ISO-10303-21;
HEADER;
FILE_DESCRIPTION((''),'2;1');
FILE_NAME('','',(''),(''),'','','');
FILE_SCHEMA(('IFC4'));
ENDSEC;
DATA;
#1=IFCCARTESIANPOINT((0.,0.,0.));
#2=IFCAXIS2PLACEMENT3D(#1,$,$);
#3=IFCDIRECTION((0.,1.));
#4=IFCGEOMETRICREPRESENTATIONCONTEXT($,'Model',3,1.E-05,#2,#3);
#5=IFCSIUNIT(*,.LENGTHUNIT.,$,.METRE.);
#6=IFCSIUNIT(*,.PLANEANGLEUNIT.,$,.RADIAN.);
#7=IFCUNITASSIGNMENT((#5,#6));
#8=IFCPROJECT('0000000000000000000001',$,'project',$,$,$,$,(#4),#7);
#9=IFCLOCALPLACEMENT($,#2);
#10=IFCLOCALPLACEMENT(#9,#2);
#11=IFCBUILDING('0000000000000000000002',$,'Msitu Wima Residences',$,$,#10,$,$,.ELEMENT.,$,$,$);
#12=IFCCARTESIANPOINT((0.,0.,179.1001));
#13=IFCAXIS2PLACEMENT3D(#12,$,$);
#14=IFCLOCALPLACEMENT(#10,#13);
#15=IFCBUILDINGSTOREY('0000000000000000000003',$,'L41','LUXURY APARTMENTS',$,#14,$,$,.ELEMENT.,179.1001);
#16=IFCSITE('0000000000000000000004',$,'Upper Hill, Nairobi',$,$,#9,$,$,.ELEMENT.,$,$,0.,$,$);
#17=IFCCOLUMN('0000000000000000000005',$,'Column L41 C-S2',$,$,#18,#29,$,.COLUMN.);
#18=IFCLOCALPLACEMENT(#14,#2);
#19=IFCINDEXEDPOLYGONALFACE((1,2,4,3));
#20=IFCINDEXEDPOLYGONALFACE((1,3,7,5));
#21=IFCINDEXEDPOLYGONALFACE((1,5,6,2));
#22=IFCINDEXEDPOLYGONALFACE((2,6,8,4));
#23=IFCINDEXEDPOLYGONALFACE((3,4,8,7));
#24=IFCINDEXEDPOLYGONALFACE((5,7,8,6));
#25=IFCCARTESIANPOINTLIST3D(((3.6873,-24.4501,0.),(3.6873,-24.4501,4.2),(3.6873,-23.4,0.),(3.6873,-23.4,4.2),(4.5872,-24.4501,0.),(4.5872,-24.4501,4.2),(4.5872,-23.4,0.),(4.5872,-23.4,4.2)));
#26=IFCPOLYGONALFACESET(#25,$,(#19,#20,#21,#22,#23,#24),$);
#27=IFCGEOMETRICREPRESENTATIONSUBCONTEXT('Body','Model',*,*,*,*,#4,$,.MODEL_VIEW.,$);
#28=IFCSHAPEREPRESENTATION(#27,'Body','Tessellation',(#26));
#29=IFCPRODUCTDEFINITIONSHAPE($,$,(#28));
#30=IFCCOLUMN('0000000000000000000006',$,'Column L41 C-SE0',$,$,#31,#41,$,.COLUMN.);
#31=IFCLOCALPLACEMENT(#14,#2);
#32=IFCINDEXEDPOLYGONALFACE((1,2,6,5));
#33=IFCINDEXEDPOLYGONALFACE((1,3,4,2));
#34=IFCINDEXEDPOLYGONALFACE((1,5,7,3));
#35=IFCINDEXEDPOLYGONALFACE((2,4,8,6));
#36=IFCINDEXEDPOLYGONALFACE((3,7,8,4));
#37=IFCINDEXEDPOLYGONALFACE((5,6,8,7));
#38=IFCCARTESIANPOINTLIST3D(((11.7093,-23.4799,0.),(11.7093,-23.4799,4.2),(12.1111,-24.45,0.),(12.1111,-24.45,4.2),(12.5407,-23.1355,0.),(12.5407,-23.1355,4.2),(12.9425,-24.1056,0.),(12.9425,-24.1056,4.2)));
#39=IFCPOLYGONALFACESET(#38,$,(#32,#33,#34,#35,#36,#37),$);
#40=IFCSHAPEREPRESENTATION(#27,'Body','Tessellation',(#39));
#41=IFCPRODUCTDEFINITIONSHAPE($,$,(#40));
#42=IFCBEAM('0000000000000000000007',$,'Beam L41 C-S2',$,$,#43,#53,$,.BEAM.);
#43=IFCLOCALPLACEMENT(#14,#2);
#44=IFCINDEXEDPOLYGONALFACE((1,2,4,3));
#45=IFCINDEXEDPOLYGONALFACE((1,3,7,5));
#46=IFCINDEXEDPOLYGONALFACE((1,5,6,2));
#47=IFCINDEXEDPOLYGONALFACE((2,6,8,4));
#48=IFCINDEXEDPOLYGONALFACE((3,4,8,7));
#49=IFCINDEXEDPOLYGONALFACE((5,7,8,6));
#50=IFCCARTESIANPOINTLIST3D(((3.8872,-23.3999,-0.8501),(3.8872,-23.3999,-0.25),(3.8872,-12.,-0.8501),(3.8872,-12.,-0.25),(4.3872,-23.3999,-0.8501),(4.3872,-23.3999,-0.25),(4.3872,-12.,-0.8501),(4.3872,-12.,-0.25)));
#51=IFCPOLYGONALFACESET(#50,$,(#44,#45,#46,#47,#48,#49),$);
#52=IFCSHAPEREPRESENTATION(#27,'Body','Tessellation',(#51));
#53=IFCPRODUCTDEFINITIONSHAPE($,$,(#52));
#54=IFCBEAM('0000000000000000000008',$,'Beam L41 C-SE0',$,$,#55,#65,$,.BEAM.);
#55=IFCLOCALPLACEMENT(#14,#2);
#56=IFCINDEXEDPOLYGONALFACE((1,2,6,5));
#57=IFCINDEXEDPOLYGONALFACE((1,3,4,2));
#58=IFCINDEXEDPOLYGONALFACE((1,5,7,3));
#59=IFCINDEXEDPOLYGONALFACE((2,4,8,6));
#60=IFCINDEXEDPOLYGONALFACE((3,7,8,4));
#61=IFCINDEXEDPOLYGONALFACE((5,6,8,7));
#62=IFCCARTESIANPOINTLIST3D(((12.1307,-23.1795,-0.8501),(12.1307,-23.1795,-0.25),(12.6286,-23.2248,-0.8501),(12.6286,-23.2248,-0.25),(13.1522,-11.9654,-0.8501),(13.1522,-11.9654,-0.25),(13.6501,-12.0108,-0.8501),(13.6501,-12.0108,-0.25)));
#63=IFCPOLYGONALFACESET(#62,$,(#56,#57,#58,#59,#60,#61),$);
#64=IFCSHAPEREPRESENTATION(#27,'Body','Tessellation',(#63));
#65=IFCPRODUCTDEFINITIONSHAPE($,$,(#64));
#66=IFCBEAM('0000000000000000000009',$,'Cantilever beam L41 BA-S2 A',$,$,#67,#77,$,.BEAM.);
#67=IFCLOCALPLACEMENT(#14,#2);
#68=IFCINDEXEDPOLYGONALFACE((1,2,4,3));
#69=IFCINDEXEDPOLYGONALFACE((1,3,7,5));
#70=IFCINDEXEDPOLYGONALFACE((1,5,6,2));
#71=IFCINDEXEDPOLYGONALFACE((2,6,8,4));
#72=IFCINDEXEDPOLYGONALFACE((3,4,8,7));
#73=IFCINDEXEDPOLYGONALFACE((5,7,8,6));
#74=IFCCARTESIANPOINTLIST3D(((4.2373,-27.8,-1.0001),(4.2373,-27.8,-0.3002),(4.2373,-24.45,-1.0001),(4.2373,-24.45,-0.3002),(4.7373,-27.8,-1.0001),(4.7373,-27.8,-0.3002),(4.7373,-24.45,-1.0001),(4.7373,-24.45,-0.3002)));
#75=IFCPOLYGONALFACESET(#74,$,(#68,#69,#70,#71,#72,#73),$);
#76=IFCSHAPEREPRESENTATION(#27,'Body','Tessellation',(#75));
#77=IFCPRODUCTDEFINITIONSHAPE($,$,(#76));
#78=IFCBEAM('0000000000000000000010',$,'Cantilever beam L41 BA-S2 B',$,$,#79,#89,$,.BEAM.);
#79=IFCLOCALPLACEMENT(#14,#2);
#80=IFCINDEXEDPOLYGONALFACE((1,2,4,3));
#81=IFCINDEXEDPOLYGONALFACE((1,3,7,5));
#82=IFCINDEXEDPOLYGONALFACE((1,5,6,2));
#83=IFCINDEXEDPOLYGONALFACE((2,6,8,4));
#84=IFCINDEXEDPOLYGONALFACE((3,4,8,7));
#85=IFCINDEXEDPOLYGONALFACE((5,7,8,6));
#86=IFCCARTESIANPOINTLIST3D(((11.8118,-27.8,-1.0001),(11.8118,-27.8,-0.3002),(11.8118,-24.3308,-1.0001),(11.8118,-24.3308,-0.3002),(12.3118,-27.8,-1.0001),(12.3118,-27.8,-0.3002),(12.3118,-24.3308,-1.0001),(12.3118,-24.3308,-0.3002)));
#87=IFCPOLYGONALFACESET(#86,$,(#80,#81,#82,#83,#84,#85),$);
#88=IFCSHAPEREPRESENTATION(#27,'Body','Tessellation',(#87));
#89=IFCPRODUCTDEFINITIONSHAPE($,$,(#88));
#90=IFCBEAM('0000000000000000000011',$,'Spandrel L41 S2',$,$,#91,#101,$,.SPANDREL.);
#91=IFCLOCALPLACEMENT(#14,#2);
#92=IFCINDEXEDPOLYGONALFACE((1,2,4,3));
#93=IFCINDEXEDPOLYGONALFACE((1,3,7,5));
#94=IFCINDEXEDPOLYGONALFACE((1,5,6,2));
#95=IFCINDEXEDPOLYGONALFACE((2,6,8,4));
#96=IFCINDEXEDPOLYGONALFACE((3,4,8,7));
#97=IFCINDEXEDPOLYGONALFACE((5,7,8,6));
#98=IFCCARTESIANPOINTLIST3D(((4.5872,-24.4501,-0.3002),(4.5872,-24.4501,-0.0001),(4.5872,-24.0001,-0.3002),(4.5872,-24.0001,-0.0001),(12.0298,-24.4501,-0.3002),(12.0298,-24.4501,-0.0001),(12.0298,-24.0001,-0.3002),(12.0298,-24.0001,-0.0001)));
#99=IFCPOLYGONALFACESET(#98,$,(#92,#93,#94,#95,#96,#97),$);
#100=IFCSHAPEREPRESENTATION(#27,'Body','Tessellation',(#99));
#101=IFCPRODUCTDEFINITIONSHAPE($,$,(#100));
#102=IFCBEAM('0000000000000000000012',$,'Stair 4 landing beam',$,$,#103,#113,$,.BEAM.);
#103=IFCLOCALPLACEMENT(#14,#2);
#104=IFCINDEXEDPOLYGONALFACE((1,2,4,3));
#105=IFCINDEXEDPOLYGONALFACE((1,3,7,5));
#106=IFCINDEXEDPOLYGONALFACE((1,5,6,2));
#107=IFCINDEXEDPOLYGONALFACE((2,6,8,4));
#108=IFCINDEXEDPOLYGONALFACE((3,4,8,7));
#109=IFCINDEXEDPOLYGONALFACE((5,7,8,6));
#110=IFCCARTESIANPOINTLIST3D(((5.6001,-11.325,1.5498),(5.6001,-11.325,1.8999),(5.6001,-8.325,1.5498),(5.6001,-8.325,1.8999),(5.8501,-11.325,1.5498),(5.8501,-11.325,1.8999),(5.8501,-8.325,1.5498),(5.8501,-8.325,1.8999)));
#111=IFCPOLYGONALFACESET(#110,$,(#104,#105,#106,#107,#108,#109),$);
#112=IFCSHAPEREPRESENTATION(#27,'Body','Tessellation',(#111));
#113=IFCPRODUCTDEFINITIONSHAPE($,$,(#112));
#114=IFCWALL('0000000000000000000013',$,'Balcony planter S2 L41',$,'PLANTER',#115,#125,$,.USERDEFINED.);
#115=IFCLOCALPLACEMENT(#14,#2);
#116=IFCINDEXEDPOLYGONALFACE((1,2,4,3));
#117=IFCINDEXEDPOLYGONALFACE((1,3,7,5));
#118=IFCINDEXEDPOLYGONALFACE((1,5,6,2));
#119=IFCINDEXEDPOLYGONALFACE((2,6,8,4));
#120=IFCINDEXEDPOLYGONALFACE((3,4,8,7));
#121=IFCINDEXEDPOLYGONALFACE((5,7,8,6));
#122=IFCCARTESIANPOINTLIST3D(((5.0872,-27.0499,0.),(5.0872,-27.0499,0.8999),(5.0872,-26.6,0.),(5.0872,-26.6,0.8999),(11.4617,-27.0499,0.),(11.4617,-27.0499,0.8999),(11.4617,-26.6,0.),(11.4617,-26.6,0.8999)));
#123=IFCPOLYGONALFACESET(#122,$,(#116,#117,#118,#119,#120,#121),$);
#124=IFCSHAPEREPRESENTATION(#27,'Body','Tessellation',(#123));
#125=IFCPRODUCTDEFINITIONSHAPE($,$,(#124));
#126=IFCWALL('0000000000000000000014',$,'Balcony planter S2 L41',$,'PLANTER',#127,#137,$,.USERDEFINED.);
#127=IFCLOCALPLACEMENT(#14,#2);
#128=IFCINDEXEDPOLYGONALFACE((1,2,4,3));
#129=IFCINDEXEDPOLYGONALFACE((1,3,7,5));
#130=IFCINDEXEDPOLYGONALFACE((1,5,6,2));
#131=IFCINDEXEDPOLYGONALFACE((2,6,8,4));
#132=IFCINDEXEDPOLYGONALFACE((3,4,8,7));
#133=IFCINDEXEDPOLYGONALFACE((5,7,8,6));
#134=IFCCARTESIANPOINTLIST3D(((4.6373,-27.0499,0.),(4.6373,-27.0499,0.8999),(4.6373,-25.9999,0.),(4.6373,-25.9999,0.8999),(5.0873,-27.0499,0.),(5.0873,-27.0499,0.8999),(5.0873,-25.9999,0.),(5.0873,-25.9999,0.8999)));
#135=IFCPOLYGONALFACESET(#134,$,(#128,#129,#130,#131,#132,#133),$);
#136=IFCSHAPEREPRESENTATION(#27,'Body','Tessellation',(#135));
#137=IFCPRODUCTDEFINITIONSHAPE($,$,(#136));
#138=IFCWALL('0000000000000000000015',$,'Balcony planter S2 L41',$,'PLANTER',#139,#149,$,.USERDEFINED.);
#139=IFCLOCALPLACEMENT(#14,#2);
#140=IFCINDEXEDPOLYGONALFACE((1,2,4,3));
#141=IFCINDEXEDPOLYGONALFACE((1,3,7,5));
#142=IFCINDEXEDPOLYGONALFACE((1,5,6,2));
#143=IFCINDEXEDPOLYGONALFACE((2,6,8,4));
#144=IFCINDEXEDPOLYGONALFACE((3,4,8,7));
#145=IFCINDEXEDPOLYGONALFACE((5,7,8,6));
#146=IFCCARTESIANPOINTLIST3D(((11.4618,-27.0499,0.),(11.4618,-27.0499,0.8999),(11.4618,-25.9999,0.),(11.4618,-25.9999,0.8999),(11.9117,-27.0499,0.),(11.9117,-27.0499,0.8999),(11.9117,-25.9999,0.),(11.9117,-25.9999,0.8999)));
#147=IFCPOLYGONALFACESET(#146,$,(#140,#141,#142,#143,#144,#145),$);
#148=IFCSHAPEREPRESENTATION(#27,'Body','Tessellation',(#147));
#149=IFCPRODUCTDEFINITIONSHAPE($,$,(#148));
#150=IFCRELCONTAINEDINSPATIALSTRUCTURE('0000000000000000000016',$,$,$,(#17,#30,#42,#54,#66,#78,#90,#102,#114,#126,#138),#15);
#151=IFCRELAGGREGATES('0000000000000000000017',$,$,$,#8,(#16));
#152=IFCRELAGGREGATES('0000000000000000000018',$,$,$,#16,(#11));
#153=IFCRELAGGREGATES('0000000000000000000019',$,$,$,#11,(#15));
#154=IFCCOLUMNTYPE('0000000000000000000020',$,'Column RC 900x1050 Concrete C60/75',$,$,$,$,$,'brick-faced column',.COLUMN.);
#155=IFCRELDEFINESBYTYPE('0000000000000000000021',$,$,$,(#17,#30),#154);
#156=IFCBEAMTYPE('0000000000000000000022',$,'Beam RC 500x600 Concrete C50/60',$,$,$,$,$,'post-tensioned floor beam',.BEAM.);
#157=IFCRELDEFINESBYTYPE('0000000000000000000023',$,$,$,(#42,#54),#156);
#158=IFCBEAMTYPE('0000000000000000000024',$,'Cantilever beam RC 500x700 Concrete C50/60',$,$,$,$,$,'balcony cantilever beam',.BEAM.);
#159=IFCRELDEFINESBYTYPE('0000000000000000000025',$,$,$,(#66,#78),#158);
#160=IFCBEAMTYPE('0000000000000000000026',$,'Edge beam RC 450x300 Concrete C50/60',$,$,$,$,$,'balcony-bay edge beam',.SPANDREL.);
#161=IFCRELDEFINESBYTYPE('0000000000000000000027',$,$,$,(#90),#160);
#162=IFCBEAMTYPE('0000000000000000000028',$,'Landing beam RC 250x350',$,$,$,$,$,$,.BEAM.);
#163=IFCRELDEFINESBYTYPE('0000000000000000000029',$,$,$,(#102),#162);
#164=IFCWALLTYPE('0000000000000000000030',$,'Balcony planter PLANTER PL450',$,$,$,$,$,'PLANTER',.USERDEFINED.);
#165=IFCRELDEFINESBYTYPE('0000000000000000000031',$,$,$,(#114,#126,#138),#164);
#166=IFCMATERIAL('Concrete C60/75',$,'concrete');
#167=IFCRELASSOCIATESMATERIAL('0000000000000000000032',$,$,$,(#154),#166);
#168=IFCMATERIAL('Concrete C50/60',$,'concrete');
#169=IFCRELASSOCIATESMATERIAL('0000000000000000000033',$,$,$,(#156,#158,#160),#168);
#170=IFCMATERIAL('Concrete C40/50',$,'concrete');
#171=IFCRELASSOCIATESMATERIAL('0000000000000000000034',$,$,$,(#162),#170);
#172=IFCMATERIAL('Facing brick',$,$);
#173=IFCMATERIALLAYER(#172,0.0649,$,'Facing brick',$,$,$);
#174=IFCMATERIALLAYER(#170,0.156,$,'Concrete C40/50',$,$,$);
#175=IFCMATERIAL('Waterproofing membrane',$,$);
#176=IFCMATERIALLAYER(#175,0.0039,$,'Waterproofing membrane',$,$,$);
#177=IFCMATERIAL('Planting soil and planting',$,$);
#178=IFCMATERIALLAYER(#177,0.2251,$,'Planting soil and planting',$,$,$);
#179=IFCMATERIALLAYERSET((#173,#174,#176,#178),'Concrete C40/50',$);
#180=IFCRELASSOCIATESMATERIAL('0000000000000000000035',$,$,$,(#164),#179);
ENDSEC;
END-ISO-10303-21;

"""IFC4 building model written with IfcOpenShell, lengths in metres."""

from ifc_helpers import new_model, si_unit, direction, frame, frame_2d, origin, origin_2d, place, context, subcontext, project, spatial, rectangle, extrude, material, layer, layer_set, material_profile, profile_set, type_object, element, save


model = new_model("IFC4")

# Units and contexts
model_context = context("Model", 3, precision=1e-05, world=origin(), true_north=direction((0.0, 1.0)))
body_context = subcontext(model_context, "Body", "Model", "MODEL_VIEW")
ifc_project = project(units=[si_unit("LENGTHUNIT", "METRE"), si_unit("PLANEANGLEUNIT", "RADIAN")], contexts=[model_context])

# Site, building, storey
site_placement = place(None, origin())
site = spatial("IfcSite", under=ifc_project, at=site_placement, Name="Upper Hill, Nairobi", CompositionType="ELEMENT", RefElevation=0.0)
building_placement = place(site_placement, origin())
building = spatial("IfcBuilding", under=site, at=building_placement, Name="Msitu Wima Residences", CompositionType="ELEMENT")
storey_placement = place(building_placement, frame((0.0, 0.0, 179.1001)))
storey = spatial("IfcBuildingStorey", under=building, at=storey_placement, Name="L41", Description="LUXURY APARTMENTS", CompositionType="ELEMENT", Elevation=179.1001)

# Columns
ifc_material_1 = material(Name="Concrete C60/75", Category="concrete")
ifc_material_profile_1 = material_profile(ifc_material_1, rectangle(XDim=0.8999, YDim=1.05, at=origin_2d()), Name="RC 900x1050")
ifc_profile_set_1 = profile_set([ifc_material_profile_1], Name="Concrete C60/75")
column_type = type_object("IfcColumnType", Name="Column RC 900x1050 Concrete C60/75", ElementType="brick-faced column", PredefinedType="COLUMN", material=ifc_profile_set_1)
for number, where, z_axis, x_axis, name in (
    (1, (4.1372, -23.925, 0.0), (0.0, 0.0, 1.0), (1.0, 0.0, 0.0), "Column L41 C-S2"),
    (2, (12.3259, -23.7927, 0.0), (0.0, 0.0, 1.0), (0.92388, 0.382683, 0.0), "Column L41 C-SE0"),
):
    element("IfcColumn", number, at=place(storey_placement, frame(where, z_axis=z_axis, x_axis=x_axis)), inside=storey, type_object=column_type, Name=name, PredefinedType="COLUMN", context=body_context, shape_type="SweptSolid", body=[
        extrude(rectangle(XDim=0.8999, YDim=1.05, at=origin_2d()), origin(), (0.0, 0.0, 1.0), 4.2),
    ])

# Beams
ifc_material_2 = material(Name="Concrete C50/60", Category="concrete")
ifc_material_profile_2 = material_profile(ifc_material_2, rectangle(XDim=0.5, YDim=0.6001, at=origin_2d()), Name="RC 500x600")
ifc_profile_set_2 = profile_set([ifc_material_profile_2], Name="Concrete C50/60")
beam_type_1 = type_object("IfcBeamType", Name="Beam RC 500x600 Concrete C50/60", ElementType="post-tensioned floor beam", PredefinedType="BEAM", material=ifc_profile_set_2)
beam_1_placement = place(storey_placement, frame((4.1372, -23.3999, -0.55), z_axis=(0.0, 1.0, 0.0), x_axis=(-1.0, 0.0, 0.0)))
element("IfcBeam", 3, at=beam_1_placement, inside=storey, type_object=beam_type_1, Name="Beam L41 C-S2", PredefinedType="BEAM", context=body_context, shape_type="SweptSolid", body=[
    extrude(rectangle(XDim=0.5, YDim=0.6001, at=origin_2d()), origin(), (0.0, 0.0, 1.0), 11.3999),
])
beam_2_placement = place(storey_placement, frame((12.3796, -23.2021, -0.55), z_axis=(0.090714, 0.995877, 0.0), x_axis=(-0.995877, 0.090714, 0.0)))
element("IfcBeam", 4, at=beam_2_placement, inside=storey, type_object=beam_type_1, Name="Beam L41 C-SE0", PredefinedType="BEAM", context=body_context, shape_type="SweptSolid", body=[
    extrude(rectangle(XDim=0.5, YDim=0.6001, at=origin_2d()), origin(), (0.0, 0.0, 1.0), 11.2605),
])
ifc_material_profile_3 = material_profile(ifc_material_2, rectangle(XDim=0.5, YDim=0.7, at=origin_2d()), Name="RC 500x700")
ifc_profile_set_3 = profile_set([ifc_material_profile_3], Name="Concrete C50/60")
beam_type_2 = type_object("IfcBeamType", Name="Cantilever beam RC 500x700 Concrete C50/60", ElementType="balcony cantilever beam", PredefinedType="BEAM", material=ifc_profile_set_3)
beam_3_placement = place(storey_placement, frame((4.4873, -24.45, -0.6501), z_axis=(0.0, -1.0, 0.0), x_axis=(1.0, 0.0, 0.0)))
element("IfcBeam", 5, at=beam_3_placement, inside=storey, type_object=beam_type_2, Name="Cantilever beam L41 BA-S2 A", PredefinedType="BEAM", context=body_context, shape_type="SweptSolid", body=[
    extrude(rectangle(XDim=0.5, YDim=0.7, at=origin_2d()), origin(), (0.0, 0.0, 1.0), 3.3501),
])
beam_4_placement = place(storey_placement, frame((12.0618, -24.3308, -0.6501), z_axis=(0.0, -1.0, 0.0), x_axis=(1.0, 0.0, 0.0)))
element("IfcBeam", 6, at=beam_4_placement, inside=storey, type_object=beam_type_2, Name="Cantilever beam L41 BA-S2 B", PredefinedType="BEAM", context=body_context, shape_type="SweptSolid", body=[
    extrude(rectangle(XDim=0.5, YDim=0.7, at=origin_2d()), origin(), (0.0, 0.0, 1.0), 3.4692),
])
ifc_material_profile_4 = material_profile(ifc_material_2, rectangle(XDim=0.45, YDim=0.3, at=origin_2d()), Name="RC 450x300")
ifc_profile_set_4 = profile_set([ifc_material_profile_4], Name="Concrete C50/60")
beam_type_3 = type_object("IfcBeamType", Name="Edge beam RC 450x300 Concrete C50/60", ElementType="balcony-bay edge beam", PredefinedType="SPANDREL", material=ifc_profile_set_4)
beam_5_placement = place(storey_placement, frame((4.5872, -24.2251, -0.1501), z_axis=(1.0, 0.0, 0.0), x_axis=(0.0, 1.0, 0.0)))
element("IfcBeam", 7, at=beam_5_placement, inside=storey, type_object=beam_type_3, Name="Spandrel L41 S2", PredefinedType="SPANDREL", context=body_context, shape_type="SweptSolid", body=[
    extrude(rectangle(XDim=0.45, YDim=0.3, at=origin_2d()), origin(), (0.0, 0.0, 1.0), 7.4426),
])
ifc_material_3 = material(Name="Concrete C40/50", Category="concrete")
ifc_material_profile_5 = material_profile(ifc_material_3, rectangle(XDim=0.25, YDim=0.3501, at=origin_2d()), Name="RC 250x350")
ifc_profile_set_5 = profile_set([ifc_material_profile_5], Name="Concrete C40/50")
beam_type_4 = type_object("IfcBeamType", Name="Landing beam RC 250x350", PredefinedType="BEAM", material=ifc_profile_set_5)
beam_6_placement = place(storey_placement, frame((5.7251, -11.325, 1.7249), z_axis=(0.0, 1.0, 0.0), x_axis=(-1.0, 0.0, 0.0)))
element("IfcBeam", 8, at=beam_6_placement, inside=storey, type_object=beam_type_4, Name="Stair 4 landing beam", PredefinedType="BEAM", context=body_context, shape_type="SweptSolid", body=[
    extrude(rectangle(XDim=0.25, YDim=0.3501, at=origin_2d()), origin(), (0.0, 0.0, 1.0), 3.0),
])

# Walls
ifc_material_4 = material(Name="Facing brick")
ifc_layer_1 = layer(ifc_material_4, 0.0649, Name="Facing brick")
ifc_layer_2 = layer(ifc_material_3, 0.156, Name="Concrete C40/50")
ifc_material_5 = material(Name="Waterproofing membrane")
ifc_layer_3 = layer(ifc_material_5, 0.0039, Name="Waterproofing membrane")
ifc_material_6 = material(Name="Planting soil and planting")
ifc_layer_4 = layer(ifc_material_6, 0.2251, Name="Planting soil and planting")
ifc_layer_set_1 = layer_set([ifc_layer_1, ifc_layer_2, ifc_layer_3, ifc_layer_4], Name="Concrete C40/50")
wall_type_1 = type_object("IfcWallType", Name="Balcony planter PLANTER PL450", ElementType="PLANTER", PredefinedType="USERDEFINED", material=ifc_layer_set_1)
wall_1_placement = place(storey_placement, frame((5.0872, -26.825, 0.0), z_axis=(0.0, 0.0, 1.0), x_axis=(1.0, 0.0, 0.0)))
element("IfcWall", 9, at=wall_1_placement, inside=storey, type_object=wall_type_1, Name="Balcony planter S2 L41", ObjectType="PLANTER", PredefinedType="USERDEFINED", context=body_context, shape_type="SweptSolid", body=[
    extrude(rectangle(XDim=6.3745, YDim=0.45, at=frame_2d((3.1873, 0.0))), origin(), (0.0, 0.0, 1.0), 0.8999),
])
for number, where, z_axis, x_axis, name in (
    (10, (4.8623, -26.0, 0.0), (0.0, 0.0, 1.0), (0.0, -1.0, 0.0), "Balcony planter S2 L41"),
    (11, (11.6868, -26.0, 0.0), (0.0, 0.0, 1.0), (0.0, -1.0, 0.0), "Balcony planter S2 L41"),
):
    element("IfcWall", number, at=place(storey_placement, frame(where, z_axis=z_axis, x_axis=x_axis)), inside=storey, type_object=wall_type_1, Name=name, ObjectType="PLANTER", PredefinedType="USERDEFINED", context=body_context, shape_type="SweptSolid", body=[
        extrude(rectangle(XDim=1.05, YDim=0.45, at=frame_2d((0.5249, 0.0))), origin(), (0.0, 0.0, 1.0), 0.8999),
    ])

save(model, "model.ifc")
